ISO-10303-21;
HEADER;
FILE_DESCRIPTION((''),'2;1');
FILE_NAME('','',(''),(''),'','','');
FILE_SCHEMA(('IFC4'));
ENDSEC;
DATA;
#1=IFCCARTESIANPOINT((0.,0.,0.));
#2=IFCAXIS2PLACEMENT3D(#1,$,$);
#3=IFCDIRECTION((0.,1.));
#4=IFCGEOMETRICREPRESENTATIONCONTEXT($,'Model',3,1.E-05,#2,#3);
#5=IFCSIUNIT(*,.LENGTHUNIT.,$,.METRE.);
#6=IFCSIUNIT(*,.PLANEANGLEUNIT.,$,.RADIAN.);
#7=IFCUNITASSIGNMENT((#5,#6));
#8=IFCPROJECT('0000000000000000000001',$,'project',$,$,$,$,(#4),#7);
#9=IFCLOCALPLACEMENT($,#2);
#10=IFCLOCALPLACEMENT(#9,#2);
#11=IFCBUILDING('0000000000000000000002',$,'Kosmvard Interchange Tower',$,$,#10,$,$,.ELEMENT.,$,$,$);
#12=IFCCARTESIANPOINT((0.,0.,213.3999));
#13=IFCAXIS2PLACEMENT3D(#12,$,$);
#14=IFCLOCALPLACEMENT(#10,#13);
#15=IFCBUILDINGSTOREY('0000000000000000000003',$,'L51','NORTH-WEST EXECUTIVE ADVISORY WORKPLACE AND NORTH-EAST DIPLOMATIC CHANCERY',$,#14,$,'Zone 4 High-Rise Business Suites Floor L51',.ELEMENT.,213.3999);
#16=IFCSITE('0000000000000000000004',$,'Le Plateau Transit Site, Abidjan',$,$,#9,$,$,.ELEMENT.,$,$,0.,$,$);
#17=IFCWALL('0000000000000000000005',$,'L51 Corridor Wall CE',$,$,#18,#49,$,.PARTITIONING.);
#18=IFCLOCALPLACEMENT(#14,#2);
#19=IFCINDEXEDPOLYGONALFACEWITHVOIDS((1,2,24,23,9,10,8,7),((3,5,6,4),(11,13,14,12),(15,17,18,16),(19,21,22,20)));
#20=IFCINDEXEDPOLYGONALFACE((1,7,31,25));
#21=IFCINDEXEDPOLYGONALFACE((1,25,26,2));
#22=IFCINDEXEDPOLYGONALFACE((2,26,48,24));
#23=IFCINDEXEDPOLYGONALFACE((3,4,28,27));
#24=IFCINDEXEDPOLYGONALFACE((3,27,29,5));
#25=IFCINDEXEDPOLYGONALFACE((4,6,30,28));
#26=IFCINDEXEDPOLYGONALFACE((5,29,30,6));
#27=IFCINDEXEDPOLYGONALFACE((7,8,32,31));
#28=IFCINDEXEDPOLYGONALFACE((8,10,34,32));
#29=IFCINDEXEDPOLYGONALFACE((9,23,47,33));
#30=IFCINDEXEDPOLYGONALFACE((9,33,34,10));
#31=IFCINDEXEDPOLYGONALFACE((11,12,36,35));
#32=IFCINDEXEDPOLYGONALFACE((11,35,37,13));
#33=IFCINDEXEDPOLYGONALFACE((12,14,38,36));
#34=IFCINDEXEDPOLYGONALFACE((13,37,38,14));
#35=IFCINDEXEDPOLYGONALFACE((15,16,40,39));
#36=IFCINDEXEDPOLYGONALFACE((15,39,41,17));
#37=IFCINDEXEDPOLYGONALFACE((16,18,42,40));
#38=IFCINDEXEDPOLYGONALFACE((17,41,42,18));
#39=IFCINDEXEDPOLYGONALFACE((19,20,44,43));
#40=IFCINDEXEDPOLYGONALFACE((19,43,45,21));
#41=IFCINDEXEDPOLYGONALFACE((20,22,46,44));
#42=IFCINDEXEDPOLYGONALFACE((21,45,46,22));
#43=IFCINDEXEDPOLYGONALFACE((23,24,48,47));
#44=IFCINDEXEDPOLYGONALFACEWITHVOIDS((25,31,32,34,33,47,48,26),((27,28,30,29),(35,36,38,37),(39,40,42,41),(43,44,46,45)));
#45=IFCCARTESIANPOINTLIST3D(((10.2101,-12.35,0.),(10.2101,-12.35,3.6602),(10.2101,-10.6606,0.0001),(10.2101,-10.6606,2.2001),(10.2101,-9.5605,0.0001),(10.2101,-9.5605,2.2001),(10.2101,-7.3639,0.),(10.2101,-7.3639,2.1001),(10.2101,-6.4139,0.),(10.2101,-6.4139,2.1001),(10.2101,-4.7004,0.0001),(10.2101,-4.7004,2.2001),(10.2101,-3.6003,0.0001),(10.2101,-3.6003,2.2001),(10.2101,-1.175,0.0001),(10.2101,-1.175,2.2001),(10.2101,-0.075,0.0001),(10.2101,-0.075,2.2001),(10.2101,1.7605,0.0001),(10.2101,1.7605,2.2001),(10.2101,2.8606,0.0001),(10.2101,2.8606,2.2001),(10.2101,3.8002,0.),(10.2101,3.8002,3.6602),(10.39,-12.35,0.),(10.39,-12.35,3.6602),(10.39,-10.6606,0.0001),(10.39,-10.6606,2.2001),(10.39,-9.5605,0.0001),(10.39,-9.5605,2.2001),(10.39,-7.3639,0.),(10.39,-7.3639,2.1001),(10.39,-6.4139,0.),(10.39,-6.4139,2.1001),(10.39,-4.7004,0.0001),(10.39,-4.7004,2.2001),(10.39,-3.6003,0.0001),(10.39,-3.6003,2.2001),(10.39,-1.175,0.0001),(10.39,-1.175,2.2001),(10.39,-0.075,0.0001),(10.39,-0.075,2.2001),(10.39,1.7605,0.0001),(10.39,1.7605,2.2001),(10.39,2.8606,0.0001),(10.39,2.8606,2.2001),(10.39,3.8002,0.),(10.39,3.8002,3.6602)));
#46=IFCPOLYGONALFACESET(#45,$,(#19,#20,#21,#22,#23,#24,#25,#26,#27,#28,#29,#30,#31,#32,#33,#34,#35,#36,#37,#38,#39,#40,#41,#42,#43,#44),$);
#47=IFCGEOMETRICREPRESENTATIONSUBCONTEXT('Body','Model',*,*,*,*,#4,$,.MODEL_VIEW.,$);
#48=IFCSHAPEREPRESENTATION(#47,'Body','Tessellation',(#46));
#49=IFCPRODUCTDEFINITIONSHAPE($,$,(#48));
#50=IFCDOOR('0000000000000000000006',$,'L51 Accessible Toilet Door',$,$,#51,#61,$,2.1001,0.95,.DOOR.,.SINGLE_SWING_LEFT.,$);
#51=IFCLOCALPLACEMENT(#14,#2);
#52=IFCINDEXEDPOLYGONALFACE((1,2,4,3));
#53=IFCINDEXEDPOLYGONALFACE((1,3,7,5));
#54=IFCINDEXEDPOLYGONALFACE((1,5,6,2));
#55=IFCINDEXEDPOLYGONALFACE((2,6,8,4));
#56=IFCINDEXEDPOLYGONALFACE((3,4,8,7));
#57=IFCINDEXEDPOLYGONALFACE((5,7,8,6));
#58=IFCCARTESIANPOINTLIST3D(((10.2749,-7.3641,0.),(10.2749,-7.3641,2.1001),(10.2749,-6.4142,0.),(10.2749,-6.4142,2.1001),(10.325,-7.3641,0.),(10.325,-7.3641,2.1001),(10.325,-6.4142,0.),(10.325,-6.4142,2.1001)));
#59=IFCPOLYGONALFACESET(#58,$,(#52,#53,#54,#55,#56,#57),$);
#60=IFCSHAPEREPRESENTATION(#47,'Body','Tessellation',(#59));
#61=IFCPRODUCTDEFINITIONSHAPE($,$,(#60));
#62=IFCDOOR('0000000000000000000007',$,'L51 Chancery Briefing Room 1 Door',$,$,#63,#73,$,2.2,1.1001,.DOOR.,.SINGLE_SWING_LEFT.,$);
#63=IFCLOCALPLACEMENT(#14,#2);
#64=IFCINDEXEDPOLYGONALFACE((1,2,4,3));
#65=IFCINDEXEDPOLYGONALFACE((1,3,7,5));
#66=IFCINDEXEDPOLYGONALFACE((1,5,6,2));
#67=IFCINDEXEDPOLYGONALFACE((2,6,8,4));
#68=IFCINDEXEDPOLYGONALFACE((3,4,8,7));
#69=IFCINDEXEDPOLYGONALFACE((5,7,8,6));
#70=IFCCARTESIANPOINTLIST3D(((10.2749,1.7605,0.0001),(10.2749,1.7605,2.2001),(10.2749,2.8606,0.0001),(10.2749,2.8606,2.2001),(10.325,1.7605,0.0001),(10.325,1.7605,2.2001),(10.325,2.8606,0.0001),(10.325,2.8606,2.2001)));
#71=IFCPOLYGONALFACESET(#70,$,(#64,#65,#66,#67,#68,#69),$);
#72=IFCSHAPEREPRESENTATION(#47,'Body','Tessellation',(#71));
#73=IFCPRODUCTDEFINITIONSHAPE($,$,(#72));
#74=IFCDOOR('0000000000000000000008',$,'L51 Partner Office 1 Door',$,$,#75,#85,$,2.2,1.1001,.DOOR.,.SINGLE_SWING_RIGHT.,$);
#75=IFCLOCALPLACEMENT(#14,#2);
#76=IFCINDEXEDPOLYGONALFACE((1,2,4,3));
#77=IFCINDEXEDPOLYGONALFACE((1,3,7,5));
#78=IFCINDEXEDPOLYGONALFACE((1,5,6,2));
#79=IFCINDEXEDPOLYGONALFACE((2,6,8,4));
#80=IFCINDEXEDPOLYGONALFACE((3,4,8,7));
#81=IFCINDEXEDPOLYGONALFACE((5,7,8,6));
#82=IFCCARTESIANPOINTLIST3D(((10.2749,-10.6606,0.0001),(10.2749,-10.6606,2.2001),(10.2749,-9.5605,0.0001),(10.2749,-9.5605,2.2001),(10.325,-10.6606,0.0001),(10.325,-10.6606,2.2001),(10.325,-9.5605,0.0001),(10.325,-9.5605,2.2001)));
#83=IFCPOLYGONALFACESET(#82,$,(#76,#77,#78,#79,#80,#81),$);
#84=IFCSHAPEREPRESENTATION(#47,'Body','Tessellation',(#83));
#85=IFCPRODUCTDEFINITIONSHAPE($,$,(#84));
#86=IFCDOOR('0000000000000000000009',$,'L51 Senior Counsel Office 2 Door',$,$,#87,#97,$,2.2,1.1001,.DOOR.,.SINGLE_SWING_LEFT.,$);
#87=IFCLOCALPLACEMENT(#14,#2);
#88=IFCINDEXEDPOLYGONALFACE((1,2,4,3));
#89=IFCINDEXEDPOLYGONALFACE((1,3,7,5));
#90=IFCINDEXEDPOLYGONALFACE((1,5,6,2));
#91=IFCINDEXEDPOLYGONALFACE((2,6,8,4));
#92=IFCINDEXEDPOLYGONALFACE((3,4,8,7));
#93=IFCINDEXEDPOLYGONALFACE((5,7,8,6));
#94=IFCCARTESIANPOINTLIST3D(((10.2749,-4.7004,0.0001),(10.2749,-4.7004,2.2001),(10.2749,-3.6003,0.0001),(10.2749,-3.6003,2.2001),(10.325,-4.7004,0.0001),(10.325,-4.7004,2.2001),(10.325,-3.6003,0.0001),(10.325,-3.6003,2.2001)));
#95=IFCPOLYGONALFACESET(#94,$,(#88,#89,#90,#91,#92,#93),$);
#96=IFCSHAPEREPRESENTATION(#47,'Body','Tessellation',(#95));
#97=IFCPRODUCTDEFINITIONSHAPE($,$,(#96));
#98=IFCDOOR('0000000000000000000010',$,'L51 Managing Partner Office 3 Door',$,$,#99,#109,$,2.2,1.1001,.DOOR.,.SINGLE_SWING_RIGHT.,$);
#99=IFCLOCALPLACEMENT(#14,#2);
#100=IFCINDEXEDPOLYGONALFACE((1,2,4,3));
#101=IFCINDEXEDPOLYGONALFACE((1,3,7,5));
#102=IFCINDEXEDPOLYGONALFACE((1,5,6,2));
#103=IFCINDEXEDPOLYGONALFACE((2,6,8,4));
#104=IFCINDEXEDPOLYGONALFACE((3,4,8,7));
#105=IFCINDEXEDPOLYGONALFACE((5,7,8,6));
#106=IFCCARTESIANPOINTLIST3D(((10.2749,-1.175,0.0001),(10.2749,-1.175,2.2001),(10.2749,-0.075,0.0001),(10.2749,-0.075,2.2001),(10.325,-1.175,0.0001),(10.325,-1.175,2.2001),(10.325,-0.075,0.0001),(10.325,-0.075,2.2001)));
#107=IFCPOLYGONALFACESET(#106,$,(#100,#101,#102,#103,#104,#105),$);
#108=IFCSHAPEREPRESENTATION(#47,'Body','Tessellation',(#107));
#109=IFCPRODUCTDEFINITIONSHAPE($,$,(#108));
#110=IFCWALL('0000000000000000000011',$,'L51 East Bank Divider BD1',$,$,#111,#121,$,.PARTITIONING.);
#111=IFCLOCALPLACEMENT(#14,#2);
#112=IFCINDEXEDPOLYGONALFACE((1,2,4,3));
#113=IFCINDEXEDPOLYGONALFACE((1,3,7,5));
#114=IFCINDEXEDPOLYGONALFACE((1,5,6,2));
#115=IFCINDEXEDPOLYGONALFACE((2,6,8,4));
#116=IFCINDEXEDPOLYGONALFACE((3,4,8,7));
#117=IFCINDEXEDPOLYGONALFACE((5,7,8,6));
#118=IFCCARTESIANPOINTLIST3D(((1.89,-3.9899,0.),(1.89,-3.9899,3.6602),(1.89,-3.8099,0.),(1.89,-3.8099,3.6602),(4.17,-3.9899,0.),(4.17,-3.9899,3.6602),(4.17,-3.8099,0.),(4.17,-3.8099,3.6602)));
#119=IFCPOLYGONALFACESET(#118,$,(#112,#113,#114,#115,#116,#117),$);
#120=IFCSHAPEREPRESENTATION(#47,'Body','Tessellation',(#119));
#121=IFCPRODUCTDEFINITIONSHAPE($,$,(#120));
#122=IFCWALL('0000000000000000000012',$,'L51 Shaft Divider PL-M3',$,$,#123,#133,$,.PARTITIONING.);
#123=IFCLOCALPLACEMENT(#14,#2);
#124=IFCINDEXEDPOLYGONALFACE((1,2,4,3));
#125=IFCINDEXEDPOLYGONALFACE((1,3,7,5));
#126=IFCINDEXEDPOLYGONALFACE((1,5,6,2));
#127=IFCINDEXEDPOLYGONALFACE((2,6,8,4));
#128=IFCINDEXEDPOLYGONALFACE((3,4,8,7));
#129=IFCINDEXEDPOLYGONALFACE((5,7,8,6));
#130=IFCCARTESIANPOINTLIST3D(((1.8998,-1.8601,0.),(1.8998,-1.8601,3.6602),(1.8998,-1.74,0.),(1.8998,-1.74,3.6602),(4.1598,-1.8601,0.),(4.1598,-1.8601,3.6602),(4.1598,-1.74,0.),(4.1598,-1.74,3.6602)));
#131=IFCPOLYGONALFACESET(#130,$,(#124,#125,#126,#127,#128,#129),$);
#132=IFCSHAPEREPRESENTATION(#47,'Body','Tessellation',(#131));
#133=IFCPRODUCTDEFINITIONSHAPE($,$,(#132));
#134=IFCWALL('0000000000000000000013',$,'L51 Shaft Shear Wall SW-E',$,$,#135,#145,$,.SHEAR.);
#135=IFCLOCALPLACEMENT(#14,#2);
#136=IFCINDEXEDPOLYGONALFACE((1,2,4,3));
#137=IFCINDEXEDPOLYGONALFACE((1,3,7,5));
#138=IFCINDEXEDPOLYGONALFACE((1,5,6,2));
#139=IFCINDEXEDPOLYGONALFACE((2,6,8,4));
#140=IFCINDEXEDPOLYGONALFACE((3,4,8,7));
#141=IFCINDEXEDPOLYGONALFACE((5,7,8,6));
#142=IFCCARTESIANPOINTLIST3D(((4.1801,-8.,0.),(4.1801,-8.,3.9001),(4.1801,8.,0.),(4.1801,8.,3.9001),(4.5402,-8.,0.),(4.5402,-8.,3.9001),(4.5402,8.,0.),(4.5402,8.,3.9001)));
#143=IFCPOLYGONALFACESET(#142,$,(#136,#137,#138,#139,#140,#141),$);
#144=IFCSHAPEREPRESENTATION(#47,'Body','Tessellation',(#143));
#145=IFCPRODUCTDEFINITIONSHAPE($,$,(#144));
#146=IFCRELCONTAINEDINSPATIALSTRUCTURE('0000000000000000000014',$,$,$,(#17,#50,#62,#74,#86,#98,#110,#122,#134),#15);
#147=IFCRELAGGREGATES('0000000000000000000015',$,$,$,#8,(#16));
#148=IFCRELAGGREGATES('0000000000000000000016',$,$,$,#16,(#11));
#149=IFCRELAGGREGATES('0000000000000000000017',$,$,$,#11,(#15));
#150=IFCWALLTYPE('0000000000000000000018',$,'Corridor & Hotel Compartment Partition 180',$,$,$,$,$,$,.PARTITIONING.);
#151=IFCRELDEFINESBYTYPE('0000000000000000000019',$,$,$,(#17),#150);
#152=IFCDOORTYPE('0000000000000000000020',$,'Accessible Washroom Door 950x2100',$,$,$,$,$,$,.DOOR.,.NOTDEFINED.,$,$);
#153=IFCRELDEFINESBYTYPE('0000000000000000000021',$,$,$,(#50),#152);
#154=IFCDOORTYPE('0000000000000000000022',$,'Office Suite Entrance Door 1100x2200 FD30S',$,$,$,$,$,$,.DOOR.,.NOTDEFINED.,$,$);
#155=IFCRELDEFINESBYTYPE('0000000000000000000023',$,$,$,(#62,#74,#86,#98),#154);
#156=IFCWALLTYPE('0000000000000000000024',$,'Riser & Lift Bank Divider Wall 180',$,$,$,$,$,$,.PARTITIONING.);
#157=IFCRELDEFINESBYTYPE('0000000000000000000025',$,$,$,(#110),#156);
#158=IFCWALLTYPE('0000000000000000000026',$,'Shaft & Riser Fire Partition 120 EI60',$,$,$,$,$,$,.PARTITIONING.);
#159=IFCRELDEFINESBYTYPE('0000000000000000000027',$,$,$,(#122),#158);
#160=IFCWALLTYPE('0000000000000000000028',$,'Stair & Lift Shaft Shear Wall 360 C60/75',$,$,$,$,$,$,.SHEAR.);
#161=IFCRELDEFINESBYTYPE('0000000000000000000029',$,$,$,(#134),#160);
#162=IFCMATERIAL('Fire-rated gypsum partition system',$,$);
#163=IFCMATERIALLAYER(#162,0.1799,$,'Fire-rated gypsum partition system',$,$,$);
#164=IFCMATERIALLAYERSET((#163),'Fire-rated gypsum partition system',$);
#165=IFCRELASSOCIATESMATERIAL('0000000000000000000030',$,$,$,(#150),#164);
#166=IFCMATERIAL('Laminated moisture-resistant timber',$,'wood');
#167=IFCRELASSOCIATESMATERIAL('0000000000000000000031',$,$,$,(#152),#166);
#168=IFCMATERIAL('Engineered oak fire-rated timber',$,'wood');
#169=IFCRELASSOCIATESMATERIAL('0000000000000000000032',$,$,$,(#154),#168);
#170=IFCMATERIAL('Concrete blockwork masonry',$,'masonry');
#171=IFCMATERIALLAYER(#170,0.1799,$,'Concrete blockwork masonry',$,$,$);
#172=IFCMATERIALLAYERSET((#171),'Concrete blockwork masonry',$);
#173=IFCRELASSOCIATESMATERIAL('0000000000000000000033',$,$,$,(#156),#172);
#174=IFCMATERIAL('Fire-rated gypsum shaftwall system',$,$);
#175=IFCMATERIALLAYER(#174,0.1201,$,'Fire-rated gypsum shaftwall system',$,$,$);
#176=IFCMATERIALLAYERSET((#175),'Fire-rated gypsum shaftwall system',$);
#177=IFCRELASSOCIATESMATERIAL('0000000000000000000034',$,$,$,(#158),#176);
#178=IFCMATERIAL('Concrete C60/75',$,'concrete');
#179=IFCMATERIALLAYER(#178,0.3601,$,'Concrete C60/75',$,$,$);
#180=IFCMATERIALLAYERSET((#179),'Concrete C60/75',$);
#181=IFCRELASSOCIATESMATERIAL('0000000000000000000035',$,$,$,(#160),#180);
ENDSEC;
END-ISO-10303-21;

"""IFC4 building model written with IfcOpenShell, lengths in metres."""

from ifc_helpers import new_model, si_unit, direction, frame, frame_2d, origin, place, context, subcontext, project, spatial, rectangle, extrude, source, transform, mapped, material, layer, layer_set, type_object, element, fill, save


model = new_model("IFC4")

# Units and contexts
model_context = context("Model", 3, precision=1e-05, world=origin(), true_north=direction((0.0, 1.0)))
body_context = subcontext(model_context, "Body", "Model", "MODEL_VIEW")
ifc_project = project(units=[si_unit("LENGTHUNIT", "METRE"), si_unit("PLANEANGLEUNIT", "RADIAN")], contexts=[model_context])

# Site, building, storey
site_placement = place(None, origin())
site = spatial("IfcSite", under=ifc_project, at=site_placement, Name="Le Plateau Transit Site, Abidjan", CompositionType="ELEMENT", RefElevation=0.0)
building_placement = place(site_placement, origin())
building = spatial("IfcBuilding", under=site, at=building_placement, Name="Kosmvard Interchange Tower", CompositionType="ELEMENT")
storey_placement = place(building_placement, frame((0.0, 0.0, 213.3999)))
storey = spatial("IfcBuildingStorey", under=building, at=storey_placement, Name="L51", Description="NORTH-WEST EXECUTIVE ADVISORY WORKPLACE AND NORTH-EAST DIPLOMATIC CHANCERY", LongName="Zone 4 High-Rise Business Suites Floor L51", CompositionType="ELEMENT", Elevation=213.3999)

# Shared definitions
ifc_material_1 = material(Name="Concrete C60/75", Category="concrete")

# Wall, openings, doors
ifc_material_2 = material(Name="Fire-rated gypsum partition system")
ifc_layer_1 = layer(ifc_material_2, 0.1799, Name="Fire-rated gypsum partition system")
ifc_layer_set_1 = layer_set([ifc_layer_1], Name="Fire-rated gypsum partition system")
wall_type_1 = type_object("IfcWallType", Name="Corridor & Hotel Compartment Partition 180", PredefinedType="PARTITIONING", material=ifc_layer_set_1)
shared_shape_1 = source(origin(), body_context, "Body", "SweptSolid", [
    extrude(rectangle(XDim=1.1001, YDim=2.2, at=frame_2d((0.55, 1.1001))), frame((0.0, 0.0249, 0.0), z_axis=(0.0, -1.0, 0.0), x_axis=(1.0, 0.0, 0.0)), (0.0, 0.0, 1.0), 0.05),
])
wall_1_placement = place(storey_placement, frame((10.3, -12.3501, 0.0), z_axis=(0.0, 0.0, 1.0), x_axis=(0.0, 1.0, 0.0)))
wall_1 = element("IfcWall", 1, at=wall_1_placement, inside=storey, type_object=wall_type_1, Name="L51 Corridor Wall CE", PredefinedType="PARTITIONING", context=body_context, shape_type="SweptSolid", body=[
    extrude(rectangle(XDim=16.1501, YDim=0.1799, at=frame_2d((8.0752, 0.0))), origin(), (0.0, 0.0, 1.0), 3.6602),
])
opening_1_placement = place(wall_1_placement, frame((4.9861, 0.0, 0.0)))
opening_1 = element("IfcOpeningElement", 2, at=opening_1_placement, cuts=wall_1, PredefinedType="OPENING", context=body_context, shape_type="SweptSolid", body=[
    extrude(rectangle(XDim=0.95, YDim=2.1001, at=frame_2d((0.4751, 1.05))), frame((0.0, 0.1001, 0.0), z_axis=(0.0, -1.0, 0.0), x_axis=(1.0, 0.0, 0.0)), (0.0, 0.0, 1.0), 0.2),
])
opening_2_placement = place(wall_1_placement, frame((14.1106, 0.0, 0.0)))
opening_2 = element("IfcOpeningElement", 3, at=opening_2_placement, cuts=wall_1, PredefinedType="OPENING", context=body_context, shape_type="SweptSolid", body=[
    extrude(rectangle(XDim=1.1001, YDim=2.2, at=frame_2d((0.55, 1.1001))), frame((0.0, 0.1001, 0.0), z_axis=(0.0, -1.0, 0.0), x_axis=(1.0, 0.0, 0.0)), (0.0, 0.0, 1.0), 0.2),
])
opening_3_placement = place(wall_1_placement, frame((1.6895, 0.0, 0.0)))
opening_3 = element("IfcOpeningElement", 4, at=opening_3_placement, cuts=wall_1, PredefinedType="OPENING", context=body_context, shape_type="SweptSolid", body=[
    extrude(rectangle(XDim=1.1001, YDim=2.2, at=frame_2d((0.55, 1.1001))), frame((0.0, 0.1001, 0.0), z_axis=(0.0, -1.0, 0.0), x_axis=(1.0, 0.0, 0.0)), (0.0, 0.0, 1.0), 0.2),
])
opening_4_placement = place(wall_1_placement, frame((7.6497, 0.0, 0.0)))
opening_4 = element("IfcOpeningElement", 5, at=opening_4_placement, cuts=wall_1, PredefinedType="OPENING", context=body_context, shape_type="SweptSolid", body=[
    extrude(rectangle(XDim=1.1001, YDim=2.2, at=frame_2d((0.55, 1.1001))), frame((0.0, 0.1001, 0.0), z_axis=(0.0, -1.0, 0.0), x_axis=(1.0, 0.0, 0.0)), (0.0, 0.0, 1.0), 0.2),
])
opening_5_placement = place(wall_1_placement, frame((11.175, 0.0, 0.0)))
opening_5 = element("IfcOpeningElement", 6, at=opening_5_placement, cuts=wall_1, PredefinedType="OPENING", context=body_context, shape_type="SweptSolid", body=[
    extrude(rectangle(XDim=1.1001, YDim=2.2, at=frame_2d((0.55, 1.1001))), frame((0.0, 0.1001, 0.0), z_axis=(0.0, -1.0, 0.0), x_axis=(1.0, 0.0, 0.0)), (0.0, 0.0, 1.0), 0.2),
])
ifc_material_3 = material(Name="Laminated moisture-resistant timber", Category="wood")
door_type_1 = type_object("IfcDoorType", Name="Accessible Washroom Door 950x2100", OperationType="NOTDEFINED", PredefinedType="DOOR", material=ifc_material_3)
shared_shape_2 = source(origin(), body_context, "Body", "SweptSolid", [
    extrude(rectangle(XDim=0.95, YDim=2.1001, at=frame_2d((0.4751, 1.05))), frame((0.0, 0.0249, 0.0), z_axis=(0.0, -1.0, 0.0), x_axis=(1.0, 0.0, 0.0)), (0.0, 0.0, 1.0), 0.05),
])
door_1_placement = place(opening_1_placement, frame((0.95, 0.0, 0.0), z_axis=(0.0, 0.0, 1.0), x_axis=(-1.0, 0.0, 0.0)))
door_1 = element("IfcDoor", 7, at=door_1_placement, inside=storey, type_object=door_type_1, Name="L51 Accessible Toilet Door", OperationType="SINGLE_SWING_LEFT", OverallHeight=2.1001, OverallWidth=0.95, PredefinedType="DOOR", context=body_context, shape_type="MappedRepresentation", body=[
    mapped(shared_shape_2, transform((0.0, 0.0, 0.0), scale=1.0)),
])
fill(opening_1, door_1)
ifc_material_4 = material(Name="Engineered oak fire-rated timber", Category="wood")
door_type_2 = type_object("IfcDoorType", Name="Office Suite Entrance Door 1100x2200 FD30S", OperationType="NOTDEFINED", PredefinedType="DOOR", material=ifc_material_4)
door_2_placement = place(opening_2_placement, frame((1.1001, 0.0, 0.0), z_axis=(0.0, 0.0, 1.0), x_axis=(-1.0, 0.0, 0.0)))
door_2 = element("IfcDoor", 8, at=door_2_placement, inside=storey, type_object=door_type_2, Name="L51 Chancery Briefing Room 1 Door", OperationType="SINGLE_SWING_LEFT", OverallHeight=2.2, OverallWidth=1.1001, PredefinedType="DOOR", context=body_context, shape_type="MappedRepresentation", body=[
    mapped(shared_shape_1, transform((0.0, 0.0, 0.0), scale=1.0)),
])
fill(opening_2, door_2)
door_3_placement = place(opening_3_placement, frame((1.1001, 0.0, 0.0), z_axis=(0.0, 0.0, 1.0), x_axis=(-1.0, 0.0, 0.0)))
door_3 = element("IfcDoor", 9, at=door_3_placement, inside=storey, type_object=door_type_2, Name="L51 Partner Office 1 Door", OperationType="SINGLE_SWING_RIGHT", OverallHeight=2.2, OverallWidth=1.1001, PredefinedType="DOOR", context=body_context, shape_type="MappedRepresentation", body=[
    mapped(shared_shape_1, transform((0.0, 0.0, 0.0), scale=1.0)),
])
fill(opening_3, door_3)
door_4_placement = place(opening_4_placement, frame((1.1001, 0.0, 0.0), z_axis=(0.0, 0.0, 1.0), x_axis=(-1.0, 0.0, 0.0)))
door_4 = element("IfcDoor", 10, at=door_4_placement, inside=storey, type_object=door_type_2, Name="L51 Senior Counsel Office 2 Door", OperationType="SINGLE_SWING_LEFT", OverallHeight=2.2, OverallWidth=1.1001, PredefinedType="DOOR", context=body_context, shape_type="MappedRepresentation", body=[
    mapped(shared_shape_1, transform((0.0, 0.0, 0.0), scale=1.0)),
])
fill(opening_4, door_4)
door_5_placement = place(opening_5_placement, frame((1.1001, 0.0, 0.0), z_axis=(0.0, 0.0, 1.0), x_axis=(-1.0, 0.0, 0.0)))
door_5 = element("IfcDoor", 11, at=door_5_placement, inside=storey, type_object=door_type_2, Name="L51 Managing Partner Office 3 Door", OperationType="SINGLE_SWING_RIGHT", OverallHeight=2.2, OverallWidth=1.1001, PredefinedType="DOOR", context=body_context, shape_type="MappedRepresentation", body=[
    mapped(shared_shape_1, transform((0.0, 0.0, 0.0), scale=1.0)),
])
fill(opening_5, door_5)

# Walls
ifc_material_5 = material(Name="Concrete blockwork masonry", Category="masonry")
ifc_layer_2 = layer(ifc_material_5, 0.1799, Name="Concrete blockwork masonry")
ifc_layer_set_2 = layer_set([ifc_layer_2], Name="Concrete blockwork masonry")
wall_type_2 = type_object("IfcWallType", Name="Riser & Lift Bank Divider Wall 180", PredefinedType="PARTITIONING", material=ifc_layer_set_2)
wall_2_placement = place(storey_placement, frame((1.8899, -3.8999, 0.0), z_axis=(0.0, 0.0, 1.0), x_axis=(1.0, 0.0, 0.0)))
element("IfcWall", 12, at=wall_2_placement, inside=storey, type_object=wall_type_2, Name="L51 East Bank Divider BD1", PredefinedType="PARTITIONING", context=body_context, shape_type="SweptSolid", body=[
    extrude(rectangle(XDim=2.28, YDim=0.1799, at=frame_2d((1.1401, 0.0))), origin(), (0.0, 0.0, 1.0), 3.6602),
])
ifc_material_6 = material(Name="Fire-rated gypsum shaftwall system")
ifc_layer_3 = layer(ifc_material_6, 0.1201, Name="Fire-rated gypsum shaftwall system")
ifc_layer_set_3 = layer_set([ifc_layer_3], Name="Fire-rated gypsum shaftwall system")
wall_type_3 = type_object("IfcWallType", Name="Shaft & Riser Fire Partition 120 EI60", PredefinedType="PARTITIONING", material=ifc_layer_set_3)
wall_3_placement = place(storey_placement, frame((1.8999, -1.8, 0.0), z_axis=(0.0, 0.0, 1.0), x_axis=(1.0, 0.0, 0.0)))
element("IfcWall", 13, at=wall_3_placement, inside=storey, type_object=wall_type_3, Name="L51 Shaft Divider PL-M3", PredefinedType="PARTITIONING", context=body_context, shape_type="SweptSolid", body=[
    extrude(rectangle(XDim=2.26, YDim=0.1201, at=frame_2d((1.1299, 0.0))), origin(), (0.0, 0.0, 1.0), 3.6602),
])
ifc_layer_4 = layer(ifc_material_1, 0.3601, Name="Concrete C60/75")
ifc_layer_set_4 = layer_set([ifc_layer_4], Name="Concrete C60/75")
wall_type_4 = type_object("IfcWallType", Name="Stair & Lift Shaft Shear Wall 360 C60/75", PredefinedType="SHEAR", material=ifc_layer_set_4)
wall_4_placement = place(storey_placement, frame((4.3601, -8.0, 0.0), z_axis=(0.0, 0.0, 1.0), x_axis=(0.0, 1.0, 0.0)))
element("IfcWall", 14, at=wall_4_placement, inside=storey, type_object=wall_type_4, Name="L51 Shaft Shear Wall SW-E", PredefinedType="SHEAR", context=body_context, shape_type="SweptSolid", body=[
    extrude(rectangle(XDim=16.0, YDim=0.3601, at=frame_2d((8.0, 0.0))), origin(), (0.0, 0.0, 1.0), 3.9001),
])

save(model, "model.ifc")
